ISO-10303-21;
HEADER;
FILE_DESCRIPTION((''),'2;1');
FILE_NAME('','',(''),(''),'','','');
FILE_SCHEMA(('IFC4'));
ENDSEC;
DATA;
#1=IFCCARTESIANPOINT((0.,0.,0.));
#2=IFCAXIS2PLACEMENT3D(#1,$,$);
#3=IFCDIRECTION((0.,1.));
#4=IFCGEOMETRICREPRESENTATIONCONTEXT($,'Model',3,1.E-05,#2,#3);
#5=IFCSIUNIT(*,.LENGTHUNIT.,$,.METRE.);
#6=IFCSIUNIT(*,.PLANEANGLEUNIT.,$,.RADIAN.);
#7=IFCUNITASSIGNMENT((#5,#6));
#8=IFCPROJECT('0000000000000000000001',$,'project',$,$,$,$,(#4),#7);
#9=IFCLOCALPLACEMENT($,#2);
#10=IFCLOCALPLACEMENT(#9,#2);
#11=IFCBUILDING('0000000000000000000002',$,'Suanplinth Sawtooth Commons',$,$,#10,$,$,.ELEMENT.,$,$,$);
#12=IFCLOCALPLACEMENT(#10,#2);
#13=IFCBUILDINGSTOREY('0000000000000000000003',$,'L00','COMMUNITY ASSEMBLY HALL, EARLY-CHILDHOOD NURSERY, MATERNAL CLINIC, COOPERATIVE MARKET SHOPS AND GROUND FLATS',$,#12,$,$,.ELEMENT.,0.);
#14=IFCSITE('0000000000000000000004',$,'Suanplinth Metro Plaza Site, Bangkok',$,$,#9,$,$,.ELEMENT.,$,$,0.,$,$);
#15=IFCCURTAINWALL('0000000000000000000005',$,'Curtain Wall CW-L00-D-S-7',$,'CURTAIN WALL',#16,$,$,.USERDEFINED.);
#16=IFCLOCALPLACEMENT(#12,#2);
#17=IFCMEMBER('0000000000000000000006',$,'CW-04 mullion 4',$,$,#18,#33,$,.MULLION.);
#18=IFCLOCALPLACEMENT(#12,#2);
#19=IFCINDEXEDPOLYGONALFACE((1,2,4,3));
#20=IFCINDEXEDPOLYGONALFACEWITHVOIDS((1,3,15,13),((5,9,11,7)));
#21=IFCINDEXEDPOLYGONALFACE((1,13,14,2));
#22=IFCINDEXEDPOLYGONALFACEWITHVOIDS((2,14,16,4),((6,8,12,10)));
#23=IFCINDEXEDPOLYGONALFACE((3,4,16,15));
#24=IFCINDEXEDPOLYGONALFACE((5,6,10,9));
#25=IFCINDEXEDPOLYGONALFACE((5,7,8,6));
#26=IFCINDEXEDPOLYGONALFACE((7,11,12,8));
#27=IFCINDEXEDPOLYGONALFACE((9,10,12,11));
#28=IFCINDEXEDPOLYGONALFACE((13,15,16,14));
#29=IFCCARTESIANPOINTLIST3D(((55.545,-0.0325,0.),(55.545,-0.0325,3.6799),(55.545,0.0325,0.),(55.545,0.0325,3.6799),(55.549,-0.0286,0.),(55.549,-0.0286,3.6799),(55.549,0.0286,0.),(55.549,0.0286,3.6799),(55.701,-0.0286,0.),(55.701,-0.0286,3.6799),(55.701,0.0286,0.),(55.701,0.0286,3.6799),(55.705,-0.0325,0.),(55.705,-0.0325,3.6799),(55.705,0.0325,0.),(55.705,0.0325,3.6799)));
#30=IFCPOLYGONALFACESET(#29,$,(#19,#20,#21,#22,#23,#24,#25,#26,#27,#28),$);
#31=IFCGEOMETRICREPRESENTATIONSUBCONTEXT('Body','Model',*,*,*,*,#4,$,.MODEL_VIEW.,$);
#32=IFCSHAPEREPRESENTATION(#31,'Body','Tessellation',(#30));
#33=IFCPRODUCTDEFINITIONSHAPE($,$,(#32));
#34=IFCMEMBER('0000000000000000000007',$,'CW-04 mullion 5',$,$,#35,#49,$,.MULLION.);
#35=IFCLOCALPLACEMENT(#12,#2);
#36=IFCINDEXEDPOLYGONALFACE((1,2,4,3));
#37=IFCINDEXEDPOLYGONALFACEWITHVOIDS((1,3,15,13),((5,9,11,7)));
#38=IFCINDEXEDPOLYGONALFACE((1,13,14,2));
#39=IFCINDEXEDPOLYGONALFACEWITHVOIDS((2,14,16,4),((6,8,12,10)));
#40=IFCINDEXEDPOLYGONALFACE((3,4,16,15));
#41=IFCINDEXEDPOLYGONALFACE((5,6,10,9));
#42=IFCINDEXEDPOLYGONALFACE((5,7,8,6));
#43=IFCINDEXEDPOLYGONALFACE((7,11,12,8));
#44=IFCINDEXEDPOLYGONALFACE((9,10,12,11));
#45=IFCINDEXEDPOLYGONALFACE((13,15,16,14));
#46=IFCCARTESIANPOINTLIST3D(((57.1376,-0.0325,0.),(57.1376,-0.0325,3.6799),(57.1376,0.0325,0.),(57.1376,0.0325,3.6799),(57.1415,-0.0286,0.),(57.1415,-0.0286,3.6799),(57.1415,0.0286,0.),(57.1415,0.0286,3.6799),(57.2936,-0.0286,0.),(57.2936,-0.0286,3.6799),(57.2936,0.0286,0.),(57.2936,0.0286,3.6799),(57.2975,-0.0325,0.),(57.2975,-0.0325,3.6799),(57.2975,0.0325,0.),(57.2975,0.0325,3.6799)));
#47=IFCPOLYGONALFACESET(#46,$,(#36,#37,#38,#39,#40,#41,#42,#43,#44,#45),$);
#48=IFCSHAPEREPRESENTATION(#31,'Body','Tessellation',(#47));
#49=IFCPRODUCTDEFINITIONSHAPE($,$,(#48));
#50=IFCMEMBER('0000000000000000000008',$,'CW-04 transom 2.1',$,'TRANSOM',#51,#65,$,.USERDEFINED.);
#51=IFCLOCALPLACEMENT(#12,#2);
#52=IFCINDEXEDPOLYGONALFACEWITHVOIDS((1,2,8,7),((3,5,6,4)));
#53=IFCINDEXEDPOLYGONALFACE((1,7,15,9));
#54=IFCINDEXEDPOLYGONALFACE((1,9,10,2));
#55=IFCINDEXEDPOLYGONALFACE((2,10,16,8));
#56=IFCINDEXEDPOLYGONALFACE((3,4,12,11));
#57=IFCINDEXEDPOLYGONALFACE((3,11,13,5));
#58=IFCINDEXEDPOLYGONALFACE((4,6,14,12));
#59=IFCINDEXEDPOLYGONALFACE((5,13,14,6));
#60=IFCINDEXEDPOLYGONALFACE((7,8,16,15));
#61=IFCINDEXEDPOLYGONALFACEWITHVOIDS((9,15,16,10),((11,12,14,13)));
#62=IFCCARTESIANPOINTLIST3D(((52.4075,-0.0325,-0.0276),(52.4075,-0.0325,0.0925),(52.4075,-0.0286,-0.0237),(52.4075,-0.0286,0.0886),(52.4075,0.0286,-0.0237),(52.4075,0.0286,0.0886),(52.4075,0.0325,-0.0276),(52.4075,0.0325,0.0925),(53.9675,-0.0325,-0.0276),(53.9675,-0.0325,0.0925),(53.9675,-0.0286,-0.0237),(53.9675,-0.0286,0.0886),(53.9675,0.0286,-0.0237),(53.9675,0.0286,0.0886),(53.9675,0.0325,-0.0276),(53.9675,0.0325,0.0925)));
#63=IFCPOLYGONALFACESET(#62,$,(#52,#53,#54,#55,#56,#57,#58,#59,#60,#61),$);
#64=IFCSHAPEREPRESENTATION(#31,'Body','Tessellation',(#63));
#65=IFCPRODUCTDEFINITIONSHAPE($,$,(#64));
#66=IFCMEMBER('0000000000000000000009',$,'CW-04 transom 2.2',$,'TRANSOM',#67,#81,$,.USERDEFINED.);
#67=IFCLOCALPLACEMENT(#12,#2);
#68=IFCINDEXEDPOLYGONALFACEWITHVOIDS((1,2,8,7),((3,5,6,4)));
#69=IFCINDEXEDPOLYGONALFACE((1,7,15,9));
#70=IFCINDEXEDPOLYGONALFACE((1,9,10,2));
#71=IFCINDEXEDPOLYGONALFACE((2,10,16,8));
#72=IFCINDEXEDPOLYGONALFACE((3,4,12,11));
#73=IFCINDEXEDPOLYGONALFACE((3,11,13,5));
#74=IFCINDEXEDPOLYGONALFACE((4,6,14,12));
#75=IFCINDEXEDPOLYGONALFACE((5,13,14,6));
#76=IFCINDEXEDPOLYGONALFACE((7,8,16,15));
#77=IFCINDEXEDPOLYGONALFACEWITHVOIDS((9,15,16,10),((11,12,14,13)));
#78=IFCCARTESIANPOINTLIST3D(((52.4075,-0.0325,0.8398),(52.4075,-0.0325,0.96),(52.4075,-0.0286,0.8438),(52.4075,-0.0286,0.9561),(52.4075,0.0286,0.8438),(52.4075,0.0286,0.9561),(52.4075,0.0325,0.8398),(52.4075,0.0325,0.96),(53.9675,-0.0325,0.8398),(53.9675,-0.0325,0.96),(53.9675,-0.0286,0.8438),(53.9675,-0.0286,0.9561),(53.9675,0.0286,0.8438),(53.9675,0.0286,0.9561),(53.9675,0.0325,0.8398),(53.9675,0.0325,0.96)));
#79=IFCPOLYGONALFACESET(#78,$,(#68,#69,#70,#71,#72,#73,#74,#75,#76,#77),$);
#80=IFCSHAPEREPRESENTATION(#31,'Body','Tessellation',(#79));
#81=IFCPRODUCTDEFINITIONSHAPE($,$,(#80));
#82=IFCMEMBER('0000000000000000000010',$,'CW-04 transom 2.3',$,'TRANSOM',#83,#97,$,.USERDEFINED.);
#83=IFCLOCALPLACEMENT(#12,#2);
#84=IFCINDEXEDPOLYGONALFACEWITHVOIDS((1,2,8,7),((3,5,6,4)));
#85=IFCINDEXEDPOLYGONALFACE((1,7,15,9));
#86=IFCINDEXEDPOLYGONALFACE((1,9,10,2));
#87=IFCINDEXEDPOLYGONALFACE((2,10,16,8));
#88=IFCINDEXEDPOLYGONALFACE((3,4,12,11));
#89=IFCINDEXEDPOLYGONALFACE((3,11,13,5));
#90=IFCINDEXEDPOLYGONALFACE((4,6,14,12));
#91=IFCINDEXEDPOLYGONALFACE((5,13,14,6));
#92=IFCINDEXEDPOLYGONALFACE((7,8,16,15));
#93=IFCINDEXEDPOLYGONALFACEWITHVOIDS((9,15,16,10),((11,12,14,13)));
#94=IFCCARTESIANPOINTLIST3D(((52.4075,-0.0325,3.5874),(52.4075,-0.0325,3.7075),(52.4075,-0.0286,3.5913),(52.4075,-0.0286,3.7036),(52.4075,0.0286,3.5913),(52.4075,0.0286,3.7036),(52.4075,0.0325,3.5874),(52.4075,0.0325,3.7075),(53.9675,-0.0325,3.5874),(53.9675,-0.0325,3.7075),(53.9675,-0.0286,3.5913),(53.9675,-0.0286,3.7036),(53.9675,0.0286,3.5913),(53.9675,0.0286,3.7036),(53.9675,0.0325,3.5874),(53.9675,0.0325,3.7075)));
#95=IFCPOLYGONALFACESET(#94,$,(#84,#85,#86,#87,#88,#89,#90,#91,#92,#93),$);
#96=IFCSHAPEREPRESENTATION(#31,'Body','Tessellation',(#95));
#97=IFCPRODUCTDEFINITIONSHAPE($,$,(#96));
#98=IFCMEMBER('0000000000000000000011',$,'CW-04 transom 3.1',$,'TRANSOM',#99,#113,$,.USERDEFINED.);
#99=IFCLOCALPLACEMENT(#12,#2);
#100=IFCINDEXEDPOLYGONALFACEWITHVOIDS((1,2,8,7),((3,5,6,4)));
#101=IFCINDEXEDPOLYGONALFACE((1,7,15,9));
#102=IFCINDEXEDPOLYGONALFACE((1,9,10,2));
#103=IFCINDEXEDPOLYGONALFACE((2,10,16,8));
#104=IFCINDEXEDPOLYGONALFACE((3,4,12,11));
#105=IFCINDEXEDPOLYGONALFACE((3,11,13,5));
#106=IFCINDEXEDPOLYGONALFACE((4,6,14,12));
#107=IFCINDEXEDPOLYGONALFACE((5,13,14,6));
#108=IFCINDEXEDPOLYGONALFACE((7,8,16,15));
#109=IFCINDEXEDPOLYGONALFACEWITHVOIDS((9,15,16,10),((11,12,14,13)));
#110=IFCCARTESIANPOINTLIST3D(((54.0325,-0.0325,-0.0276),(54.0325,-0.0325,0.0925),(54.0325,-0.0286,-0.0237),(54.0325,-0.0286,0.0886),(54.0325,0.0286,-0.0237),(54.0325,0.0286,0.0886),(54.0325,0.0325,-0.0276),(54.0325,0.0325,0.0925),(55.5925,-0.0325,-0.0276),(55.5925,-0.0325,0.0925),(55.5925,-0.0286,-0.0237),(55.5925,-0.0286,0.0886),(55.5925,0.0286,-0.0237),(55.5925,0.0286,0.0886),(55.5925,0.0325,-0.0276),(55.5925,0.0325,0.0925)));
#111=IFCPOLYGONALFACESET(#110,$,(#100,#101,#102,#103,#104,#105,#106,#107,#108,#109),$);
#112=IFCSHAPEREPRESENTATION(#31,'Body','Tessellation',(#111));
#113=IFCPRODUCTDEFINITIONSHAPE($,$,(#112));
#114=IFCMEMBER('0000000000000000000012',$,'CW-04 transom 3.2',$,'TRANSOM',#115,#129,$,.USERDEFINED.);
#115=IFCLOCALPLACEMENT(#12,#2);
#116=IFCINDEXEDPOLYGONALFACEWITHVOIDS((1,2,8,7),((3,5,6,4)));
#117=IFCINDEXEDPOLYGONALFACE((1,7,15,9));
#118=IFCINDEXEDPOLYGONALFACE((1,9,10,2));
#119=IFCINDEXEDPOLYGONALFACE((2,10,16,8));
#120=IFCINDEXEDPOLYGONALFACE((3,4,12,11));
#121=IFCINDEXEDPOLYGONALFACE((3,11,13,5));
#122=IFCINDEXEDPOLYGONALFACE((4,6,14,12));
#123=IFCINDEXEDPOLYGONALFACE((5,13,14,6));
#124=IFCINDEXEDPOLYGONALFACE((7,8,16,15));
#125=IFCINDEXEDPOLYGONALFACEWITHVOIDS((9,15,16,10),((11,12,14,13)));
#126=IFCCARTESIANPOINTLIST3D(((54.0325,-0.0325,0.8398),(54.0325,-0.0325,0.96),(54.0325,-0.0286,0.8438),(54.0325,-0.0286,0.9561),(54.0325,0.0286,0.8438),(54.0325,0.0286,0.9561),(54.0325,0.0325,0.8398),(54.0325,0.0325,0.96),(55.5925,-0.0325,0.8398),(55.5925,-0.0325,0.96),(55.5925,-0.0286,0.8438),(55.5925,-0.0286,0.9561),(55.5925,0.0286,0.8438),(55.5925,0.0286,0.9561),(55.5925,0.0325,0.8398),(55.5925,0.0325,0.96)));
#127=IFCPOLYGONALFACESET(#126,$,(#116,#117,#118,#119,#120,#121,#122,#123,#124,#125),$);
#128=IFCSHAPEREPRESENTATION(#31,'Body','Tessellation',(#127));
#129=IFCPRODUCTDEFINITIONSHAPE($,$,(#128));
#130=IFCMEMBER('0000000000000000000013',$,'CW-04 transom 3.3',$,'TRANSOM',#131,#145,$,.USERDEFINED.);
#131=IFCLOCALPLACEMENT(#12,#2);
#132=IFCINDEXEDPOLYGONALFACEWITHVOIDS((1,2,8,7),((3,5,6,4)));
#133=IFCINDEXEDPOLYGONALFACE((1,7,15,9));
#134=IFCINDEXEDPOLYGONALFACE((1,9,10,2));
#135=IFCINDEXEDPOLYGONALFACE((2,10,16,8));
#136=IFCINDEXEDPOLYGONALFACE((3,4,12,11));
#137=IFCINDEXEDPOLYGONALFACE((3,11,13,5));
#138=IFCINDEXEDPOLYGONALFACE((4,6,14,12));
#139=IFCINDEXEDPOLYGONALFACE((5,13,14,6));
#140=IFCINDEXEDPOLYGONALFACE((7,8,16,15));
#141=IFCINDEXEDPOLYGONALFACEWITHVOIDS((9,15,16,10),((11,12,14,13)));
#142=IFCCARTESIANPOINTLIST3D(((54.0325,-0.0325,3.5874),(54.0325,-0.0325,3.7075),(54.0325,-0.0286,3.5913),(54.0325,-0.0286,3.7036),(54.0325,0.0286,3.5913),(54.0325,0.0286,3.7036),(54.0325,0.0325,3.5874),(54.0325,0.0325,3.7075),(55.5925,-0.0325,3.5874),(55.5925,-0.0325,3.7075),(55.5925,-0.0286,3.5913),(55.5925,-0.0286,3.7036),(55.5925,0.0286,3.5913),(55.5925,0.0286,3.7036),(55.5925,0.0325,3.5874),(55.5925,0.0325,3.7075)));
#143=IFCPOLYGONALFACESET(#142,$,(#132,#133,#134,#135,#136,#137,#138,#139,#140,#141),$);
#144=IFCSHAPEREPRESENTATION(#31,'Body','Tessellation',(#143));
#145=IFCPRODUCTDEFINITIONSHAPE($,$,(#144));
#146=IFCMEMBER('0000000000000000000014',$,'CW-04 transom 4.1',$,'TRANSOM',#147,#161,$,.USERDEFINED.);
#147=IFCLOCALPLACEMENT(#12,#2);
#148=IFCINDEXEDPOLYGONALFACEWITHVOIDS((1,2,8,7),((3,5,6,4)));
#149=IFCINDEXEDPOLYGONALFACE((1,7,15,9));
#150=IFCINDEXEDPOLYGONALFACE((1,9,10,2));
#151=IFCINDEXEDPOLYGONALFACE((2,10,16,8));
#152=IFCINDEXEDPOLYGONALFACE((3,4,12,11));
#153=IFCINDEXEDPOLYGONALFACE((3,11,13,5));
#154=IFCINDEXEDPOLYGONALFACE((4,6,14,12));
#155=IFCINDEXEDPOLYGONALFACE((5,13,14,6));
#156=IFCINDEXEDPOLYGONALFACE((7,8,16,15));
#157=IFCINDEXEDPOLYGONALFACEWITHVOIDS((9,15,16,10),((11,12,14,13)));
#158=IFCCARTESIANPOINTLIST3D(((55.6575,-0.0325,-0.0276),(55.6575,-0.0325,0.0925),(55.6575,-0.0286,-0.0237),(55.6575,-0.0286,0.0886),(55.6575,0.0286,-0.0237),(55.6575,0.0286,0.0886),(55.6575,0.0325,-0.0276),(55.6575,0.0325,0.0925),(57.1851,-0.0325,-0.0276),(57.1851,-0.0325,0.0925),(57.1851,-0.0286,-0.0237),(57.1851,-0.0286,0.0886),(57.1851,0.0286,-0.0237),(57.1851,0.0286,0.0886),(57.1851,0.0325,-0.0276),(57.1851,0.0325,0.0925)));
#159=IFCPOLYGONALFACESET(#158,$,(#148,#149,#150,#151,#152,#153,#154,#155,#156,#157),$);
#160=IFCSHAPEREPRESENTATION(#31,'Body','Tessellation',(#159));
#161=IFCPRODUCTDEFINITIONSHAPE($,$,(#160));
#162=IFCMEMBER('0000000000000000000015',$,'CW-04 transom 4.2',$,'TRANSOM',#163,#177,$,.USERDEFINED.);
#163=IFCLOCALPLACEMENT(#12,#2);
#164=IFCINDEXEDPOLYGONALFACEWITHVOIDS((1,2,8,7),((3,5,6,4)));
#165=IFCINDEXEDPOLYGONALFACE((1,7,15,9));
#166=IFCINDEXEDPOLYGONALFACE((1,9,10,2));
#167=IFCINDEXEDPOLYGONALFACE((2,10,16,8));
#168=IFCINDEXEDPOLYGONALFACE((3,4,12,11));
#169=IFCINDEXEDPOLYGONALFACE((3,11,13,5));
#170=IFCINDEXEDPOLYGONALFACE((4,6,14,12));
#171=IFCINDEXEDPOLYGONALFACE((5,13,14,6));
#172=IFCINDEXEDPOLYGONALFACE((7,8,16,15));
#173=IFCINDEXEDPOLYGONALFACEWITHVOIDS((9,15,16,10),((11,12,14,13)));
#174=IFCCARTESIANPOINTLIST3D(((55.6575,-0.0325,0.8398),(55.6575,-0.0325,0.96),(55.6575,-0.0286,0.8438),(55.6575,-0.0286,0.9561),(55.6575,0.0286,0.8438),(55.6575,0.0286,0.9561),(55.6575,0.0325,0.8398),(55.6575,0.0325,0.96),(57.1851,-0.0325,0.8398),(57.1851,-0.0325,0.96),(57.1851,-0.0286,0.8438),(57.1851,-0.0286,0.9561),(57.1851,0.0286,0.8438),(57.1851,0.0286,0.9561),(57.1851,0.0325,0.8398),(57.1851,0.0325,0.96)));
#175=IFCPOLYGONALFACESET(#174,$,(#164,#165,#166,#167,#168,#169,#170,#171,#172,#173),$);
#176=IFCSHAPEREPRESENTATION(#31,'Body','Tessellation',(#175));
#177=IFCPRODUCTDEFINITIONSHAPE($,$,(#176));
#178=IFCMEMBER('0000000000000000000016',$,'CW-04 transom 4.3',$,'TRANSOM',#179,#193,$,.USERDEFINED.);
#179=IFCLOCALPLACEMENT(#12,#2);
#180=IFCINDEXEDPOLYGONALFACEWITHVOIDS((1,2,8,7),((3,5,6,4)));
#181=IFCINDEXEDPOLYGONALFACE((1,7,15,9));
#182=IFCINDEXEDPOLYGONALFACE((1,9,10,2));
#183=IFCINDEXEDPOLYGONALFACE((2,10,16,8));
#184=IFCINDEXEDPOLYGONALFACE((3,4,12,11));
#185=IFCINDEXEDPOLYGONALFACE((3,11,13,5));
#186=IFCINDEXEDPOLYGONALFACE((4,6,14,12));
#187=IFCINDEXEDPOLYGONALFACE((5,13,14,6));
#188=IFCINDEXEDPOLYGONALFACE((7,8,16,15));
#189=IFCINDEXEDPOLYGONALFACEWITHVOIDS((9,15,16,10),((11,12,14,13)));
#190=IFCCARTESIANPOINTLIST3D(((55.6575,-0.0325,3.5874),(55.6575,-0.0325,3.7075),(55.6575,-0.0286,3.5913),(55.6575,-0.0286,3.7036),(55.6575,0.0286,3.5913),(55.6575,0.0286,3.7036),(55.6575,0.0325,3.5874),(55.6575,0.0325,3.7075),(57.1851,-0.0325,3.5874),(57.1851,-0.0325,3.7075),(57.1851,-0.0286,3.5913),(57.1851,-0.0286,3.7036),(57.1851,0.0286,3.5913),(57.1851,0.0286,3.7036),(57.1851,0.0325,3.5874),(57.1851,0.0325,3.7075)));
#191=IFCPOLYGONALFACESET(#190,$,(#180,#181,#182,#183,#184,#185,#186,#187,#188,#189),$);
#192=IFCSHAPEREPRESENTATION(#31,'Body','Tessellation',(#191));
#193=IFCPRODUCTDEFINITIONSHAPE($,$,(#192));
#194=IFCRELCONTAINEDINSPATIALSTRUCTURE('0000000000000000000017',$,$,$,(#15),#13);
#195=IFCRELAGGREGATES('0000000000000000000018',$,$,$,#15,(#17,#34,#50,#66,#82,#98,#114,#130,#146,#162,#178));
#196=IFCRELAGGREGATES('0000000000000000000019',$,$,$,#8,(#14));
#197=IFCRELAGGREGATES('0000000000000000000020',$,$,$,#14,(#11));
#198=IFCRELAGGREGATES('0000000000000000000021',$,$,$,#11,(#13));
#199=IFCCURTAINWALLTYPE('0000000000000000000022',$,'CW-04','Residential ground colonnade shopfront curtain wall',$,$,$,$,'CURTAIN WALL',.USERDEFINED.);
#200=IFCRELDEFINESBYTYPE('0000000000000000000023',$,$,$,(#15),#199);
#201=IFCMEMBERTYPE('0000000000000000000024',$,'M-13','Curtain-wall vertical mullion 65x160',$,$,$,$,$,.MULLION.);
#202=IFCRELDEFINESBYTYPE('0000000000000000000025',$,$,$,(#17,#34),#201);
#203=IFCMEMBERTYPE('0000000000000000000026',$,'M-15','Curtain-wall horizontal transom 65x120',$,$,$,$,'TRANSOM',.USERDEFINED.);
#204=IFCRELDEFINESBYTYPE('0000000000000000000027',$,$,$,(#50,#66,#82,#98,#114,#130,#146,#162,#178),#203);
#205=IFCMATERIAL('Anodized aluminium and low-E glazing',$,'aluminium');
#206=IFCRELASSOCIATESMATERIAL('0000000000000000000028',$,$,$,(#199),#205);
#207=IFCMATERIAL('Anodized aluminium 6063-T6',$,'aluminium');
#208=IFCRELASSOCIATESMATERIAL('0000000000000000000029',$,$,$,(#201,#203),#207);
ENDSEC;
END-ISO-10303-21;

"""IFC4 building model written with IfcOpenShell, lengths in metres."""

from ifc_helpers import new_model, si_unit, direction, frame, origin, origin_2d, place, context, subcontext, project, spatial, hollow_rectangle, extrude, material, material_profile, profile_set, type_object, element, aggregate, save


model = new_model("IFC4")

# Units and contexts
model_context = context("Model", 3, precision=1e-05, world=origin(), true_north=direction((0.0, 1.0)))
body_context = subcontext(model_context, "Body", "Model", "MODEL_VIEW")
ifc_project = project(units=[si_unit("LENGTHUNIT", "METRE"), si_unit("PLANEANGLEUNIT", "RADIAN")], contexts=[model_context])

# Site, building, storey
site_placement = place(None, origin())
site = spatial("IfcSite", under=ifc_project, at=site_placement, Name="Suanplinth Metro Plaza Site, Bangkok", CompositionType="ELEMENT", RefElevation=0.0)
building_placement = place(site_placement, origin())
building = spatial("IfcBuilding", under=site, at=building_placement, Name="Suanplinth Sawtooth Commons", CompositionType="ELEMENT")
storey_placement = place(building_placement, origin())
storey = spatial("IfcBuildingStorey", under=building, at=storey_placement, Name="L00", Description="COMMUNITY ASSEMBLY HALL, EARLY-CHILDHOOD NURSERY, MATERNAL CLINIC, COOPERATIVE MARKET SHOPS AND GROUND FLATS", CompositionType="ELEMENT", Elevation=0.0)

# Curtain wall, members
ifc_material_1 = material(Name="Anodized aluminium and low-E glazing", Category="aluminium")
curtain_wall_type = type_object("IfcCurtainWallType", Name="CW-04", Description="Residential ground colonnade shopfront curtain wall", ElementType="CURTAIN WALL", PredefinedType="USERDEFINED", material=ifc_material_1)
curtain_wall_placement = place(storey_placement, origin())
curtain_wall = element("IfcCurtainWall", 1, at=curtain_wall_placement, inside=storey, type_object=curtain_wall_type, Name="Curtain Wall CW-L00-D-S-7", ObjectType="CURTAIN WALL", PredefinedType="USERDEFINED")
ifc_material_2 = material(Name="Anodized aluminium 6063-T6", Category="aluminium")
ifc_material_profile_1 = material_profile(ifc_material_2, hollow_rectangle(XDim=0.0649, YDim=0.1599, WallThickness=0.0039, at=origin_2d()), Name="ALU-MUL 65x160")
ifc_profile_set_1 = profile_set([ifc_material_profile_1], Name="Anodized aluminium 6063-T6")
member_type_1 = type_object("IfcMemberType", Name="M-13", Description="Curtain-wall vertical mullion 65x160", PredefinedType="MULLION", material=ifc_profile_set_1)
member_1_placement = place(storey_placement, frame((55.625, 0.0, 0.0), z_axis=(0.0, 0.0, 1.0), x_axis=(0.0, 1.0, 0.0)))
member_1 = element("IfcMember", 2, at=member_1_placement, type_object=member_type_1, Name="CW-04 mullion 4", PredefinedType="MULLION", context=body_context, shape_type="SweptSolid", body=[
    extrude(hollow_rectangle(XDim=0.0649, YDim=0.1599, WallThickness=0.0039, at=origin_2d()), origin(), (0.0, 0.0, 1.0), 3.6799),
])
member_2_placement = place(storey_placement, frame((57.2175, 0.0, 0.0), z_axis=(0.0, 0.0, 1.0), x_axis=(0.0, 1.0, 0.0)))
member_2 = element("IfcMember", 3, at=member_2_placement, type_object=member_type_1, Name="CW-04 mullion 5", PredefinedType="MULLION", context=body_context, shape_type="SweptSolid", body=[
    extrude(hollow_rectangle(XDim=0.0649, YDim=0.1599, WallThickness=0.0039, at=origin_2d()), origin(), (0.0, 0.0, 1.0), 3.6799),
])
ifc_material_profile_2 = material_profile(ifc_material_2, hollow_rectangle(XDim=0.0649, YDim=0.1201, WallThickness=0.0039, at=origin_2d()), Name="ALU-TRN 65x120")
ifc_profile_set_2 = profile_set([ifc_material_profile_2], Name="Anodized aluminium 6063-T6")
member_type_2 = type_object("IfcMemberType", Name="M-15", Description="Curtain-wall horizontal transom 65x120", ElementType="TRANSOM", PredefinedType="USERDEFINED", material=ifc_profile_set_2)
member_3_placement = place(storey_placement, frame((52.4075, 0.0, 0.0325), z_axis=(1.0, 0.0, 0.0), x_axis=(0.0, 1.0, 0.0)))
member_3 = element("IfcMember", 4, at=member_3_placement, type_object=member_type_2, Name="CW-04 transom 2.1", ObjectType="TRANSOM", PredefinedType="USERDEFINED", context=body_context, shape_type="SweptSolid", body=[
    extrude(hollow_rectangle(XDim=0.0649, YDim=0.1201, WallThickness=0.0039, at=origin_2d()), origin(), (0.0, 0.0, 1.0), 1.5601),
])
member_4_placement = place(storey_placement, frame((52.4075, 0.0, 0.8999), z_axis=(1.0, 0.0, 0.0), x_axis=(0.0, 1.0, 0.0)))
member_4 = element("IfcMember", 5, at=member_4_placement, type_object=member_type_2, Name="CW-04 transom 2.2", ObjectType="TRANSOM", PredefinedType="USERDEFINED", context=body_context, shape_type="SweptSolid", body=[
    extrude(hollow_rectangle(XDim=0.0649, YDim=0.1201, WallThickness=0.0039, at=origin_2d()), origin(), (0.0, 0.0, 1.0), 1.5601),
])
member_5_placement = place(storey_placement, frame((52.4075, 0.0, 3.6475), z_axis=(1.0, 0.0, 0.0), x_axis=(0.0, 1.0, 0.0)))
member_5 = element("IfcMember", 6, at=member_5_placement, type_object=member_type_2, Name="CW-04 transom 2.3", ObjectType="TRANSOM", PredefinedType="USERDEFINED", context=body_context, shape_type="SweptSolid", body=[
    extrude(hollow_rectangle(XDim=0.0649, YDim=0.1201, WallThickness=0.0039, at=origin_2d()), origin(), (0.0, 0.0, 1.0), 1.5601),
])
member_6_placement = place(storey_placement, frame((54.0325, 0.0, 0.0325), z_axis=(1.0, 0.0, 0.0), x_axis=(0.0, 1.0, 0.0)))
member_6 = element("IfcMember", 7, at=member_6_placement, type_object=member_type_2, Name="CW-04 transom 3.1", ObjectType="TRANSOM", PredefinedType="USERDEFINED", context=body_context, shape_type="SweptSolid", body=[
    extrude(hollow_rectangle(XDim=0.0649, YDim=0.1201, WallThickness=0.0039, at=origin_2d()), origin(), (0.0, 0.0, 1.0), 1.5601),
])
member_7_placement = place(storey_placement, frame((54.0325, 0.0, 0.8999), z_axis=(1.0, 0.0, 0.0), x_axis=(0.0, 1.0, 0.0)))
member_7 = element("IfcMember", 8, at=member_7_placement, type_object=member_type_2, Name="CW-04 transom 3.2", ObjectType="TRANSOM", PredefinedType="USERDEFINED", context=body_context, shape_type="SweptSolid", body=[
    extrude(hollow_rectangle(XDim=0.0649, YDim=0.1201, WallThickness=0.0039, at=origin_2d()), origin(), (0.0, 0.0, 1.0), 1.5601),
])
member_8_placement = place(storey_placement, frame((54.0325, 0.0, 3.6475), z_axis=(1.0, 0.0, 0.0), x_axis=(0.0, 1.0, 0.0)))
member_8 = element("IfcMember", 9, at=member_8_placement, type_object=member_type_2, Name="CW-04 transom 3.3", ObjectType="TRANSOM", PredefinedType="USERDEFINED", context=body_context, shape_type="SweptSolid", body=[
    extrude(hollow_rectangle(XDim=0.0649, YDim=0.1201, WallThickness=0.0039, at=origin_2d()), origin(), (0.0, 0.0, 1.0), 1.5601),
])
member_9_placement = place(storey_placement, frame((55.6575, 0.0, 0.0325), z_axis=(1.0, 0.0, 0.0), x_axis=(0.0, 1.0, 0.0)))
member_9 = element("IfcMember", 10, at=member_9_placement, type_object=member_type_2, Name="CW-04 transom 4.1", ObjectType="TRANSOM", PredefinedType="USERDEFINED", context=body_context, shape_type="SweptSolid", body=[
    extrude(hollow_rectangle(XDim=0.0649, YDim=0.1201, WallThickness=0.0039, at=origin_2d()), origin(), (0.0, 0.0, 1.0), 1.5276),
])
member_10_placement = place(storey_placement, frame((55.6575, 0.0, 0.8999), z_axis=(1.0, 0.0, 0.0), x_axis=(0.0, 1.0, 0.0)))
member_10 = element("IfcMember", 11, at=member_10_placement, type_object=member_type_2, Name="CW-04 transom 4.2", ObjectType="TRANSOM", PredefinedType="USERDEFINED", context=body_context, shape_type="SweptSolid", body=[
    extrude(hollow_rectangle(XDim=0.0649, YDim=0.1201, WallThickness=0.0039, at=origin_2d()), origin(), (0.0, 0.0, 1.0), 1.5276),
])
member_11_placement = place(storey_placement, frame((55.6575, 0.0, 3.6475), z_axis=(1.0, 0.0, 0.0), x_axis=(0.0, 1.0, 0.0)))
member_11 = element("IfcMember", 12, at=member_11_placement, type_object=member_type_2, Name="CW-04 transom 4.3", ObjectType="TRANSOM", PredefinedType="USERDEFINED", context=body_context, shape_type="SweptSolid", body=[
    extrude(hollow_rectangle(XDim=0.0649, YDim=0.1201, WallThickness=0.0039, at=origin_2d()), origin(), (0.0, 0.0, 1.0), 1.5276),
])
aggregate(curtain_wall, [member_1, member_2, member_3, member_4, member_5, member_6, member_7, member_8, member_9, member_10, member_11])

save(model, "model.ifc")
